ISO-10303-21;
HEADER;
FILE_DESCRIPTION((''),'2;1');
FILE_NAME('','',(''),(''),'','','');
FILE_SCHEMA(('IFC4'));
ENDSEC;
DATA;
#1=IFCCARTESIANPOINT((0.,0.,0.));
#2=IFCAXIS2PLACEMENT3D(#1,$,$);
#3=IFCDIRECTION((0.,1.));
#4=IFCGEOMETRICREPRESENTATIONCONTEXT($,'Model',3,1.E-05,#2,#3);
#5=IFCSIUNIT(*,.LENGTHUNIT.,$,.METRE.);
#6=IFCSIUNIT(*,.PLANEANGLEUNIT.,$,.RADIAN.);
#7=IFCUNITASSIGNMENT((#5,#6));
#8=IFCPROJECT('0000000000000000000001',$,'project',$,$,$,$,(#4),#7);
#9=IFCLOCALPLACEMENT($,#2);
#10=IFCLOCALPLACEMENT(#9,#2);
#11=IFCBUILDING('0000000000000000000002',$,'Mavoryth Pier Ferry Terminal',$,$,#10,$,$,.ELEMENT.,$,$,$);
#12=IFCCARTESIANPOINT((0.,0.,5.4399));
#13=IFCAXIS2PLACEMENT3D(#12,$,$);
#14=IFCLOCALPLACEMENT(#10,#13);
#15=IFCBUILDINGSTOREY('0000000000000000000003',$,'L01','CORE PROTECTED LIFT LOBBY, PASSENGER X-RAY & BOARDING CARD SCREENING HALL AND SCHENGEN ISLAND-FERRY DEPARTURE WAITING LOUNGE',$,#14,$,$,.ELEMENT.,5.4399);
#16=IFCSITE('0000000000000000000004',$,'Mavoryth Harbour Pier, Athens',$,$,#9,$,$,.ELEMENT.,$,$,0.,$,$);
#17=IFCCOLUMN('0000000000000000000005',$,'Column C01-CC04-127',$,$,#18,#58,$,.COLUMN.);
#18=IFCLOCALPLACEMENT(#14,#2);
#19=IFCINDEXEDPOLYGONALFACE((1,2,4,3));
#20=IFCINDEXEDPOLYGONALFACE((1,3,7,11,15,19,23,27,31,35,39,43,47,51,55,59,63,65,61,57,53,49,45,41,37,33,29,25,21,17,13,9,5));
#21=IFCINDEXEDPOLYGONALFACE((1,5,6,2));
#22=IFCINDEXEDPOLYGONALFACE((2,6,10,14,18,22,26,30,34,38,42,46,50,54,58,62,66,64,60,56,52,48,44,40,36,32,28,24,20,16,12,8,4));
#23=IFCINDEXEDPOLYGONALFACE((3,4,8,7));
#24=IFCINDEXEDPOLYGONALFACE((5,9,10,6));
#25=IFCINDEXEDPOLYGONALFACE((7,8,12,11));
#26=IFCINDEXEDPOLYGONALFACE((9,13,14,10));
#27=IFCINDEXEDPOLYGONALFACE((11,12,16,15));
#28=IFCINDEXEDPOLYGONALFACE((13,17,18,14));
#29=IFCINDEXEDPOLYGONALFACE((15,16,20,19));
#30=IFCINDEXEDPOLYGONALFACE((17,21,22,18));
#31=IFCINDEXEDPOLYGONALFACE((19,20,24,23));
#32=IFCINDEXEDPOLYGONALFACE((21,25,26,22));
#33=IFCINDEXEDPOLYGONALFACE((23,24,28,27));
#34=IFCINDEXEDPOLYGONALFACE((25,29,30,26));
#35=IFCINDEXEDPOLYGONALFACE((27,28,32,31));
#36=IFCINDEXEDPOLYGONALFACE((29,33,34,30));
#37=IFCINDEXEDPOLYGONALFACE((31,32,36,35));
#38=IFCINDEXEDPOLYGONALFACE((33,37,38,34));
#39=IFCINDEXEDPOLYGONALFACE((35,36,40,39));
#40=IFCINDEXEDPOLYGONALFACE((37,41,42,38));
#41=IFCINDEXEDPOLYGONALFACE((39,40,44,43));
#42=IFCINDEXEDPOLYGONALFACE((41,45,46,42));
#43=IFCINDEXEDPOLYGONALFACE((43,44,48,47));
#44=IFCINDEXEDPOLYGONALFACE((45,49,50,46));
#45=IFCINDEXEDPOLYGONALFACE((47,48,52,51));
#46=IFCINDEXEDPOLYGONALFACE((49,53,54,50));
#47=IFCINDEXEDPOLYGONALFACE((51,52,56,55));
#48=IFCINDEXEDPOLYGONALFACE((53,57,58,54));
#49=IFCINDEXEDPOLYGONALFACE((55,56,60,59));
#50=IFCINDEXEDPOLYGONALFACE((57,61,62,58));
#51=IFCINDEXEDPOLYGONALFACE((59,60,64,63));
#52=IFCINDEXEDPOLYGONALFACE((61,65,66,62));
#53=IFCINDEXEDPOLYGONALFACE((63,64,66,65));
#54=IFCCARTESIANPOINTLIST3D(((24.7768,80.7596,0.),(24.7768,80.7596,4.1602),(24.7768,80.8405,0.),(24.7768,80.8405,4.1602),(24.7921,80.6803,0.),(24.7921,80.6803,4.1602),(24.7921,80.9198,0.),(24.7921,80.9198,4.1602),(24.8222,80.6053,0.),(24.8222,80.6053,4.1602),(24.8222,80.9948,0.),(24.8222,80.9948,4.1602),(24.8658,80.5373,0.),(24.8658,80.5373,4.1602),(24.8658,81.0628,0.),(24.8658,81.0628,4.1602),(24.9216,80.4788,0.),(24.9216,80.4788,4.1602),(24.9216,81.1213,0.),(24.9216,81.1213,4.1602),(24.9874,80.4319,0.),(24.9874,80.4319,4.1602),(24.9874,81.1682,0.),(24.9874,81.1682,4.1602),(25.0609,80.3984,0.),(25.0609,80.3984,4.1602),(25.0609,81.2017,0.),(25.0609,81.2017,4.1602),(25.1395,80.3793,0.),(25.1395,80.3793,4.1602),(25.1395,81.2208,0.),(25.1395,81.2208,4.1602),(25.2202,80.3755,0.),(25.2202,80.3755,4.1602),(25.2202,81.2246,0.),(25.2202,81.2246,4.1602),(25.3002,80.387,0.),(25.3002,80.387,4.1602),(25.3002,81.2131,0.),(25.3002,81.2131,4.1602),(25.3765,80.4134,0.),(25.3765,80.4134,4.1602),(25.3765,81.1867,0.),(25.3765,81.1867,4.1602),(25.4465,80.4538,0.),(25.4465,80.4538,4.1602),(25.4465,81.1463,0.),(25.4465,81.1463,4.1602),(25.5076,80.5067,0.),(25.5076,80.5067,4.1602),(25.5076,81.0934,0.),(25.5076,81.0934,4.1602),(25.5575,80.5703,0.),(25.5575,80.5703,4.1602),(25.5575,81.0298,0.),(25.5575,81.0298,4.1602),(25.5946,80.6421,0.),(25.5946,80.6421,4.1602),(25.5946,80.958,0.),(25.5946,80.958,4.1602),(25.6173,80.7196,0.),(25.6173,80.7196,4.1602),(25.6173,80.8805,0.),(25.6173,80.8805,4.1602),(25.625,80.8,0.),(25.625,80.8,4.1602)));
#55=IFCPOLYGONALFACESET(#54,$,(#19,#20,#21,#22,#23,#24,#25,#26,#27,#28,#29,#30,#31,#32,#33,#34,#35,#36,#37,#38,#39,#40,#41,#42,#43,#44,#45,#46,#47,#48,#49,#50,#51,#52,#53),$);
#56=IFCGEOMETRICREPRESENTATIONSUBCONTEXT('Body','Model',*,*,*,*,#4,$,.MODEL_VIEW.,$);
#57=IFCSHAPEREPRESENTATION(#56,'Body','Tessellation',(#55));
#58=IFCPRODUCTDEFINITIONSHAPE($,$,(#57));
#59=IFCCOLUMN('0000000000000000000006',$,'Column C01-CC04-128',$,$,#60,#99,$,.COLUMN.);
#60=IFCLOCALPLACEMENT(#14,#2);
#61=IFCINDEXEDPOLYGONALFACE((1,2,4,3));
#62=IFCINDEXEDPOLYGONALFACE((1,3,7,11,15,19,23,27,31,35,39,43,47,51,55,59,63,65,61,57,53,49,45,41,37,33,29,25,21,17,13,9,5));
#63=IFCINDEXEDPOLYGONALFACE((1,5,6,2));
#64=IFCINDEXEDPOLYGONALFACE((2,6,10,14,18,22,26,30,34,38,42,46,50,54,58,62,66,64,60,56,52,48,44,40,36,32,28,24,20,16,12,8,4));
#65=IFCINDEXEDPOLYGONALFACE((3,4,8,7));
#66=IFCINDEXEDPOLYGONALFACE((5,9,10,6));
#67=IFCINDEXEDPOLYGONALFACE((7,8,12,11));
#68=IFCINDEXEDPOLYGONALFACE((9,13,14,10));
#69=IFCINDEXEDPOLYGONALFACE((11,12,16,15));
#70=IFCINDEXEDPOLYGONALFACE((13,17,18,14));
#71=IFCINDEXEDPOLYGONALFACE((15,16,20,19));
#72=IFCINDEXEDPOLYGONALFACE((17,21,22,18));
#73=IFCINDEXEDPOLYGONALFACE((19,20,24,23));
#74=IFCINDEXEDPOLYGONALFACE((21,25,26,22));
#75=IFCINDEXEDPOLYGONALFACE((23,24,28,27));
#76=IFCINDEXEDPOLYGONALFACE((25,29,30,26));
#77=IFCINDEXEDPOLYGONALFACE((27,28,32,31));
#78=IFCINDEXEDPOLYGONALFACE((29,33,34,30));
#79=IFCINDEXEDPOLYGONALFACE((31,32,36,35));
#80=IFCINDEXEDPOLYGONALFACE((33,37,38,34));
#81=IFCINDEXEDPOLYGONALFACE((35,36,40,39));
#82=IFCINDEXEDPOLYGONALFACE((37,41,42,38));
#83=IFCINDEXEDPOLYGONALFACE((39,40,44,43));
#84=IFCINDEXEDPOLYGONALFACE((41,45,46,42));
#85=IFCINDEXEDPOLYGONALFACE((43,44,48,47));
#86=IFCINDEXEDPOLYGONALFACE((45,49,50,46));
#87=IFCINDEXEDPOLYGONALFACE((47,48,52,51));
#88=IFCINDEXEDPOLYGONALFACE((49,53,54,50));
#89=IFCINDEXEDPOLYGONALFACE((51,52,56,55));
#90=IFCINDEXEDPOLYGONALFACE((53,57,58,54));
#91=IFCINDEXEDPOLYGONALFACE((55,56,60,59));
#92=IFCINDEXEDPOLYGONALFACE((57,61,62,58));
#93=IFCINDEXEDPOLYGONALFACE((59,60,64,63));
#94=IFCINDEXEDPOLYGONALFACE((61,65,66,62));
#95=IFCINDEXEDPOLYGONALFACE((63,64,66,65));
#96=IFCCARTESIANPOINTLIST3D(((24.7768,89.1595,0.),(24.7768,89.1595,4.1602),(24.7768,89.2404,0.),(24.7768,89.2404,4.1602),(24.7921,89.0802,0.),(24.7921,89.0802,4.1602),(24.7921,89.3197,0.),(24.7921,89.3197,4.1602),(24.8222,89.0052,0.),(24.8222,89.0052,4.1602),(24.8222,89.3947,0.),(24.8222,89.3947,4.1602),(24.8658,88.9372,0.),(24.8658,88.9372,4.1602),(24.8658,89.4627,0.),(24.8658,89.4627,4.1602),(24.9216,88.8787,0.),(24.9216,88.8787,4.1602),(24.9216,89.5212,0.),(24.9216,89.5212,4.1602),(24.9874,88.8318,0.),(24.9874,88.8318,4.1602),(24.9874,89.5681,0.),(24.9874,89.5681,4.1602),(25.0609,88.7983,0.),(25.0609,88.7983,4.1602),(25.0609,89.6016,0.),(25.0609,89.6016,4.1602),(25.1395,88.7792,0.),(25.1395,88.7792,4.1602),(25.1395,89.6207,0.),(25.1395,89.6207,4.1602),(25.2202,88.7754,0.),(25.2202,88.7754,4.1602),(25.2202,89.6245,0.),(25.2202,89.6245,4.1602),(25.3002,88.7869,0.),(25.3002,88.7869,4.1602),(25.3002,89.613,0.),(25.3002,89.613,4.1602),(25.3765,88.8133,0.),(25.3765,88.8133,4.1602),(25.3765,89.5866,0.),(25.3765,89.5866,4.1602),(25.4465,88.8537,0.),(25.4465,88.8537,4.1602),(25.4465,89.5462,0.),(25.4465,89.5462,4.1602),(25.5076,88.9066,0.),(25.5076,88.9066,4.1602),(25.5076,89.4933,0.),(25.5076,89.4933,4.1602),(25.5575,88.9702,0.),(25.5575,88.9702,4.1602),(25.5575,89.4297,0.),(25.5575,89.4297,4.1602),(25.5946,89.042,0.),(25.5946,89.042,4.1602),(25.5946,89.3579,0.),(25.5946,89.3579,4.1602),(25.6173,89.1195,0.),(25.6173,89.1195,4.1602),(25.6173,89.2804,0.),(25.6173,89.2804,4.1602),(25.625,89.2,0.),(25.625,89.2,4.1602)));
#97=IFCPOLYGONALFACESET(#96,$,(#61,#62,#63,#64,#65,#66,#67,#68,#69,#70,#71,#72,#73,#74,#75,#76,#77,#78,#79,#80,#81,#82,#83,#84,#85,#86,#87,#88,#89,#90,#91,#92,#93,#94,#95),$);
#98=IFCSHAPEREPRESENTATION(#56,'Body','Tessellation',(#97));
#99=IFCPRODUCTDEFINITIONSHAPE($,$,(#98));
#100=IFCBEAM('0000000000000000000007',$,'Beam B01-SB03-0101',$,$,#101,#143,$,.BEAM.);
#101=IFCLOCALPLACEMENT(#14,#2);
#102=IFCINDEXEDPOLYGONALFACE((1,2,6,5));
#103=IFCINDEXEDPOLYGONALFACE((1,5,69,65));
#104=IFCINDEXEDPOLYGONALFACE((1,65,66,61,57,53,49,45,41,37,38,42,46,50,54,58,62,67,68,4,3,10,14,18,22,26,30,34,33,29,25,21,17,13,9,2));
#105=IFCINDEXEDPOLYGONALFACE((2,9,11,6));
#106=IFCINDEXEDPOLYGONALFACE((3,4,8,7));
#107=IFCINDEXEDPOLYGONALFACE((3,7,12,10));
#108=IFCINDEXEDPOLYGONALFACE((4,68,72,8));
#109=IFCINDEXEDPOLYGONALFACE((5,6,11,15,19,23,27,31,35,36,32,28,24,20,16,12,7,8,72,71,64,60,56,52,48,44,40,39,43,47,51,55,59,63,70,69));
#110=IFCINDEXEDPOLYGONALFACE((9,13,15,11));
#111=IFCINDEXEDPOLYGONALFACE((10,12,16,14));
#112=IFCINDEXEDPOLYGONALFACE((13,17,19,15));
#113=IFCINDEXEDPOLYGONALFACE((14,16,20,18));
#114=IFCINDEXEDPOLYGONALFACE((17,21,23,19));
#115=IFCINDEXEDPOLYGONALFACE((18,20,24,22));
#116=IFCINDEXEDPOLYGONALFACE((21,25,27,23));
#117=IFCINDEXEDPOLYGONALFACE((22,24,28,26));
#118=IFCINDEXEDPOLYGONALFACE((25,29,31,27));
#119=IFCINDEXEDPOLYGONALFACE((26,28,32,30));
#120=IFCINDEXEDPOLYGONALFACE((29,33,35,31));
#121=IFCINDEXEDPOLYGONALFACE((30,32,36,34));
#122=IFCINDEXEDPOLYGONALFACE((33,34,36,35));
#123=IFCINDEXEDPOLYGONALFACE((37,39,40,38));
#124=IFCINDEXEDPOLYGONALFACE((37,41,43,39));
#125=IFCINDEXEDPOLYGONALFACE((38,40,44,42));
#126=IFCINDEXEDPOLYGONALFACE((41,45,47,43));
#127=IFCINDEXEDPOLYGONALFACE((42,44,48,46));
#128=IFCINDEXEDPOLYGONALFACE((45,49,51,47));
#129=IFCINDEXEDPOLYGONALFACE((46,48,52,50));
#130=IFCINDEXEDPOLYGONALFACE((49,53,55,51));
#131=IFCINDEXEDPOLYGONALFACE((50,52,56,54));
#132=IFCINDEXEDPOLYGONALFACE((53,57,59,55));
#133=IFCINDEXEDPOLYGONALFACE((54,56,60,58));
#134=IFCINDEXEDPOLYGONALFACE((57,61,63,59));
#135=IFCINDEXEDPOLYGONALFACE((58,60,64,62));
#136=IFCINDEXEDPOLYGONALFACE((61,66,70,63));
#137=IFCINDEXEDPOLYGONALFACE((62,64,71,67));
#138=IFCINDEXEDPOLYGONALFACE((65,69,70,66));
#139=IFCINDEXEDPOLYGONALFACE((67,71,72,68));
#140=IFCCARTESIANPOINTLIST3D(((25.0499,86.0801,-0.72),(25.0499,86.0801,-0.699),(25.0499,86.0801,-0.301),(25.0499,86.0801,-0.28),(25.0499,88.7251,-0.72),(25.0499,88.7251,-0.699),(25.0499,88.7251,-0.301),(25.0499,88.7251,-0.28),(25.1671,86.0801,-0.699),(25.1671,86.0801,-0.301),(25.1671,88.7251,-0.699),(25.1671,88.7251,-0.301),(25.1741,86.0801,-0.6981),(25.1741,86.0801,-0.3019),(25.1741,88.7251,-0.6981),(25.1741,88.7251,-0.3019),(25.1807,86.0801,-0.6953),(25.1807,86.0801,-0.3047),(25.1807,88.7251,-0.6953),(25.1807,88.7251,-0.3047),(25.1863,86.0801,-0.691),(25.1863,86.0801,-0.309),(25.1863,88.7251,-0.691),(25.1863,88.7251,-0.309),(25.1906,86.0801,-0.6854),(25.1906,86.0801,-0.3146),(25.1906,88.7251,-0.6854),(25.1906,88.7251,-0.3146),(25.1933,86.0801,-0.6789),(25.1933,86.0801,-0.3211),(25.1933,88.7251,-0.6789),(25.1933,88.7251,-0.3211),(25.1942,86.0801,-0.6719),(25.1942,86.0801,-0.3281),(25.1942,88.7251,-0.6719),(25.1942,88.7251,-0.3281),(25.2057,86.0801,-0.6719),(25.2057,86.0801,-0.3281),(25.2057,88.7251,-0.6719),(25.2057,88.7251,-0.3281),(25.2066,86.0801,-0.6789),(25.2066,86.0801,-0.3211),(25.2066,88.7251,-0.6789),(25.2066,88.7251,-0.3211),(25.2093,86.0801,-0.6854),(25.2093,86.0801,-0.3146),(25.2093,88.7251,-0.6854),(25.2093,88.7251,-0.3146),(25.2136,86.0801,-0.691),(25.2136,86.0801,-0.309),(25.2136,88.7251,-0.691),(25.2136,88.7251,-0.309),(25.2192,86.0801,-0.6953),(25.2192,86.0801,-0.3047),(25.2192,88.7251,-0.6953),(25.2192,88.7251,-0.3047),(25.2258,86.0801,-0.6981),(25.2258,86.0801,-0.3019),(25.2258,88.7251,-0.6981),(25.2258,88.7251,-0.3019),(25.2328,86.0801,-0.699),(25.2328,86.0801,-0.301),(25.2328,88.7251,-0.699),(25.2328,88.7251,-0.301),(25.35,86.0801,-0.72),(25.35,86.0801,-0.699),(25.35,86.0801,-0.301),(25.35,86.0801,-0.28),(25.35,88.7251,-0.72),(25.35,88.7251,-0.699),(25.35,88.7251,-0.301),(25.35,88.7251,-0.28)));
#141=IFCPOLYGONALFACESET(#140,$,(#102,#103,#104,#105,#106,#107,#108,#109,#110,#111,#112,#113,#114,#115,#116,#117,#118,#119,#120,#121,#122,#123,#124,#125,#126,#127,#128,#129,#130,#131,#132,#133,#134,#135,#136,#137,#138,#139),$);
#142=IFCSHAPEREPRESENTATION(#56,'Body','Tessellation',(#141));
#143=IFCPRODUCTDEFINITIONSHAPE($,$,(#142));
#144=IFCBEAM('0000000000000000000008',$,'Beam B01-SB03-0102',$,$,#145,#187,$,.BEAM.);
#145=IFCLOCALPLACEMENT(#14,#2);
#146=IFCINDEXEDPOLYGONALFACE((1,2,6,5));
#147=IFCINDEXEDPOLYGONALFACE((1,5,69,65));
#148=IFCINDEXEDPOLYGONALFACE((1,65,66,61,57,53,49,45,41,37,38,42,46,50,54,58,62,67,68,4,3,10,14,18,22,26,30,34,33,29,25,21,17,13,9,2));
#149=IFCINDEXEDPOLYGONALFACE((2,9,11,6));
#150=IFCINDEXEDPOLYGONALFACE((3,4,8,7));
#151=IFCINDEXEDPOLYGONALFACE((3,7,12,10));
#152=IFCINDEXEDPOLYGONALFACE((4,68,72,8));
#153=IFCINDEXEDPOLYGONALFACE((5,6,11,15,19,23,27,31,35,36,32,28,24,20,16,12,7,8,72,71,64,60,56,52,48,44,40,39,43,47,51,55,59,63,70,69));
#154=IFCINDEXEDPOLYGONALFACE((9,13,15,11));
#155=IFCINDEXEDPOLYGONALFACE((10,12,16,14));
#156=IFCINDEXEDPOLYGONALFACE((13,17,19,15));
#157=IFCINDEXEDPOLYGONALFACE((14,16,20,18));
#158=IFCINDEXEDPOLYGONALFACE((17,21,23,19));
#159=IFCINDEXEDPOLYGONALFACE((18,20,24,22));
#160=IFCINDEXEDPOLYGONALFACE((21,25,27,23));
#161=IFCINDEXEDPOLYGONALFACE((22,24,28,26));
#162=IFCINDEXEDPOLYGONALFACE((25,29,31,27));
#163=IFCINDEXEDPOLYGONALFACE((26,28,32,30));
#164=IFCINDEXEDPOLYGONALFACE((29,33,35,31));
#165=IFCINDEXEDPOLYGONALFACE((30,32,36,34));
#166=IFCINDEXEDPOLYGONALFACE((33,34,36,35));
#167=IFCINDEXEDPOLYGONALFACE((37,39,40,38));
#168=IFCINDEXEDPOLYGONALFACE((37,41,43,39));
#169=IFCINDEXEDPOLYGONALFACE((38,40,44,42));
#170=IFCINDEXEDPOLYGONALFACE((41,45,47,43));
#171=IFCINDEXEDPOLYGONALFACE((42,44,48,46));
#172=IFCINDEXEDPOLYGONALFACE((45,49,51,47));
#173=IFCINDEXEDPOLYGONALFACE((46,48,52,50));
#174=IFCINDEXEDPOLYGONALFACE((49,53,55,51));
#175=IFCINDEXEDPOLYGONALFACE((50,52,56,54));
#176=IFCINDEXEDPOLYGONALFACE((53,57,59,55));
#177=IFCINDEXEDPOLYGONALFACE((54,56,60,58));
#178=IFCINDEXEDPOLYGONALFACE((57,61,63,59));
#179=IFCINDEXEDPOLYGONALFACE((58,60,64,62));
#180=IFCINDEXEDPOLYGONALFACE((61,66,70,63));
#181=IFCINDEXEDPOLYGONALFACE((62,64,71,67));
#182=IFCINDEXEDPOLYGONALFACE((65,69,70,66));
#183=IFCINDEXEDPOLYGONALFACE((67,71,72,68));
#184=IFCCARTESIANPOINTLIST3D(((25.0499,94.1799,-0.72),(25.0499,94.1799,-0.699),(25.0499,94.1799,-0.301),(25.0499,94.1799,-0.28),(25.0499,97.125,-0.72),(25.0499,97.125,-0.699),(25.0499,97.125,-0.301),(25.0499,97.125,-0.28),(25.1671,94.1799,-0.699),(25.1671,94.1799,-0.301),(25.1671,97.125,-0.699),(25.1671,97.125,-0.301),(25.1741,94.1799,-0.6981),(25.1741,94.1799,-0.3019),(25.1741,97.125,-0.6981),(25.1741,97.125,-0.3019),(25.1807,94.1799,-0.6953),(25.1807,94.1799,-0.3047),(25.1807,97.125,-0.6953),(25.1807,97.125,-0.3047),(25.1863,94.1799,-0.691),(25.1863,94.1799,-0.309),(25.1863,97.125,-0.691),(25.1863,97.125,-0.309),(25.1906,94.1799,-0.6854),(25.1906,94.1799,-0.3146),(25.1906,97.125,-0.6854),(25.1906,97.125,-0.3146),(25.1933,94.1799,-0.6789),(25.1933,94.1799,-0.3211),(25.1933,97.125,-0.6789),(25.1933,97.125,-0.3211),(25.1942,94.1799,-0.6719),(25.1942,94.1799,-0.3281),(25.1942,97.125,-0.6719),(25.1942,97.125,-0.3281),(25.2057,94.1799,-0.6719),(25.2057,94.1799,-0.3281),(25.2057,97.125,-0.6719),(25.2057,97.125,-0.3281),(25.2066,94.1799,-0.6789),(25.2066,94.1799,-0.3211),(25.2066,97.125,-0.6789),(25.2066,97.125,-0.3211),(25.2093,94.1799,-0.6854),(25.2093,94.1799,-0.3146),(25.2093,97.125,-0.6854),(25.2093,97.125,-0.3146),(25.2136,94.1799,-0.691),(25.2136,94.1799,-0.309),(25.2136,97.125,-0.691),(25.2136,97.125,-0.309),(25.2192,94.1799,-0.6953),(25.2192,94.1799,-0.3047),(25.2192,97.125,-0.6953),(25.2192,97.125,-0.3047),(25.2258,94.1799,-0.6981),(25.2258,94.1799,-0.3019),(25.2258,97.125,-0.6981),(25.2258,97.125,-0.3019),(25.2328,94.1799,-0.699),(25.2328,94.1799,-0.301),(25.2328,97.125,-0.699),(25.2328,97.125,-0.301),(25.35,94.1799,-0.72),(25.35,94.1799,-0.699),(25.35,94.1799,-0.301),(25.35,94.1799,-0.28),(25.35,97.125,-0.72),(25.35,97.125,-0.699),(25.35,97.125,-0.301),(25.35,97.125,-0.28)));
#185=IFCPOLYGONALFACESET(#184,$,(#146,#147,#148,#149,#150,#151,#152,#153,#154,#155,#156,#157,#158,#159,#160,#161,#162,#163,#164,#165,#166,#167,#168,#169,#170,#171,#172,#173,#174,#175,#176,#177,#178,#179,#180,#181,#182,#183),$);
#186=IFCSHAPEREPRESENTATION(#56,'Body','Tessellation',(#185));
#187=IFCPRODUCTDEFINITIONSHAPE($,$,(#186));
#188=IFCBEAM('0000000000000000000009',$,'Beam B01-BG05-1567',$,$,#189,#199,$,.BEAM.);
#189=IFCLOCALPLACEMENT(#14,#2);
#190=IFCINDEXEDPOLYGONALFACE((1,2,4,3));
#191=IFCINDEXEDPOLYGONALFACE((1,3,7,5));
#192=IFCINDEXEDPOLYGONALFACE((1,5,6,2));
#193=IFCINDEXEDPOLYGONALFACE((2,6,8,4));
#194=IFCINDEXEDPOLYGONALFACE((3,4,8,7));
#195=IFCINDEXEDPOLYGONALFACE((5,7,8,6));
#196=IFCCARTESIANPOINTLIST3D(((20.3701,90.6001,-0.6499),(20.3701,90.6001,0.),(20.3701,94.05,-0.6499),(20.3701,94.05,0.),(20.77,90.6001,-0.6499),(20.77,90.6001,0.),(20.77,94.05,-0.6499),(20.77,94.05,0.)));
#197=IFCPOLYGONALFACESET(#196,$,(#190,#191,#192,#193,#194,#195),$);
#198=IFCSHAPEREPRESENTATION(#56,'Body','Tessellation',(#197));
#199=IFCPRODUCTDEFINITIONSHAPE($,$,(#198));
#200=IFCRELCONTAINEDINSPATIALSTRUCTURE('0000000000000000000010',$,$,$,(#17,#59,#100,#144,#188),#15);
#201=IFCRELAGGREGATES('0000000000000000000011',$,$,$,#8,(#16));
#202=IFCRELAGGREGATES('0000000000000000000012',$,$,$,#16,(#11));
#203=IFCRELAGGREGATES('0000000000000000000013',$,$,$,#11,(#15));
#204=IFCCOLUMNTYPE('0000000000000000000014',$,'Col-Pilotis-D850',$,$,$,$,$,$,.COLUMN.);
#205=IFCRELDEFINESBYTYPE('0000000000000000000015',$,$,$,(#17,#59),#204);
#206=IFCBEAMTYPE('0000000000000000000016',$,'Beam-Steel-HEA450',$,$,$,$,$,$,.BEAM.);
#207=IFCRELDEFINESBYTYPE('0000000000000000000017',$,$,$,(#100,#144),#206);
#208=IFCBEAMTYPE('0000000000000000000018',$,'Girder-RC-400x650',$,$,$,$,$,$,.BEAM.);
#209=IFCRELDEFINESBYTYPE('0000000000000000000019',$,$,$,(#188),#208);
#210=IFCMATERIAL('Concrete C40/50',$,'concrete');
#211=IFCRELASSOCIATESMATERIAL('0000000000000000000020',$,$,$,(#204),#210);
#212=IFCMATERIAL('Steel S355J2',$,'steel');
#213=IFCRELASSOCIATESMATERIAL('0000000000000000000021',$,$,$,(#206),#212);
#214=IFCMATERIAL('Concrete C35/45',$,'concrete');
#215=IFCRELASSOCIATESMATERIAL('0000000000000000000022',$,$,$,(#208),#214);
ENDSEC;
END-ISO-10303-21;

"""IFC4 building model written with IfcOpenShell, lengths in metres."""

from ifc_helpers import new_model, si_unit, direction, frame, origin, origin_2d, place, context, subcontext, project, spatial, rectangle, circle, i_section, extrude, material, material_profile, profile_set, type_object, element, save


model = new_model("IFC4")

# Units and contexts
model_context = context("Model", 3, precision=1e-05, world=origin(), true_north=direction((0.0, 1.0)))
body_context = subcontext(model_context, "Body", "Model", "MODEL_VIEW")
ifc_project = project(units=[si_unit("LENGTHUNIT", "METRE"), si_unit("PLANEANGLEUNIT", "RADIAN")], contexts=[model_context])

# Site, building, storey
site_placement = place(None, origin())
site = spatial("IfcSite", under=ifc_project, at=site_placement, Name="Mavoryth Harbour Pier, Athens", CompositionType="ELEMENT", RefElevation=0.0)
building_placement = place(site_placement, origin())
building = spatial("IfcBuilding", under=site, at=building_placement, Name="Mavoryth Pier Ferry Terminal", CompositionType="ELEMENT")
storey_placement = place(building_placement, frame((0.0, 0.0, 5.4399)))
storey = spatial("IfcBuildingStorey", under=building, at=storey_placement, Name="L01", Description="CORE PROTECTED LIFT LOBBY, PASSENGER X-RAY & BOARDING CARD SCREENING HALL AND SCHENGEN ISLAND-FERRY DEPARTURE WAITING LOUNGE", CompositionType="ELEMENT", Elevation=5.4399)

# Columns
ifc_material_1 = material(Name="Concrete C40/50", Category="concrete")
ifc_material_profile_1 = material_profile(ifc_material_1, circle(Radius=0.425, at=origin_2d()), Name="RC D850", Category="concrete")
ifc_profile_set_1 = profile_set([ifc_material_profile_1], Name="Concrete C40/50 - RC D850")
column_type = type_object("IfcColumnType", Name="Col-Pilotis-D850", PredefinedType="COLUMN", material=ifc_profile_set_1)
for number, where, z_axis, x_axis, name in (
    (1, (25.2, 80.8, 0.0), (0.0, 0.0, 1.0), (1.0, 0.0, 0.0), "Column C01-CC04-127"),
    (2, (25.2, 89.2, 0.0), (0.0, 0.0, 1.0), (1.0, 0.0, 0.0), "Column C01-CC04-128"),
):
    element("IfcColumn", number, at=place(storey_placement, frame(where, z_axis=z_axis, x_axis=x_axis)), inside=storey, type_object=column_type, Name=name, PredefinedType="COLUMN", context=body_context, shape_type="SweptSolid", body=[
        extrude(circle(Radius=0.425, at=origin_2d()), origin(), (0.0, 0.0, 1.0), 4.1602),
    ])

# Beams
ifc_material_2 = material(Name="Steel S355J2", Category="steel")
ifc_material_profile_2 = material_profile(ifc_material_2, i_section(OverallWidth=0.3, OverallDepth=0.4399, WebThickness=0.0115, FlangeThickness=0.021, FilletRadius=0.0271, at=origin_2d()), Name="HEA 450", Category="steel")
ifc_profile_set_2 = profile_set([ifc_material_profile_2], Name="Steel S355J2 - HEA 450")
beam_type_1 = type_object("IfcBeamType", Name="Beam-Steel-HEA450", PredefinedType="BEAM", material=ifc_profile_set_2)
beam_1_placement = place(storey_placement, frame((25.2, 86.0801, -0.5), z_axis=(0.0, 1.0, 0.0), x_axis=(-1.0, 0.0, 0.0)))
element("IfcBeam", 3, at=beam_1_placement, inside=storey, type_object=beam_type_1, Name="Beam B01-SB03-0101", PredefinedType="BEAM", context=body_context, shape_type="SweptSolid", body=[
    extrude(i_section(OverallWidth=0.3, OverallDepth=0.4399, WebThickness=0.0115, FlangeThickness=0.021, FilletRadius=0.0271, at=origin_2d()), origin(), (0.0, 0.0, 1.0), 2.645),
])
beam_2_placement = place(storey_placement, frame((25.2, 94.1799, -0.5), z_axis=(0.0, 1.0, 0.0), x_axis=(-1.0, 0.0, 0.0)))
element("IfcBeam", 4, at=beam_2_placement, inside=storey, type_object=beam_type_1, Name="Beam B01-SB03-0102", PredefinedType="BEAM", context=body_context, shape_type="SweptSolid", body=[
    extrude(i_section(OverallWidth=0.3, OverallDepth=0.4399, WebThickness=0.0115, FlangeThickness=0.021, FilletRadius=0.0271, at=origin_2d()), origin(), (0.0, 0.0, 1.0), 2.9451),
])
ifc_material_3 = material(Name="Concrete C35/45", Category="concrete")
ifc_material_profile_3 = material_profile(ifc_material_3, rectangle(XDim=0.3999, YDim=0.6499, at=origin_2d()), Name="RC 400x650", Category="concrete")
ifc_profile_set_3 = profile_set([ifc_material_profile_3], Name="Concrete C35/45 - RC 400x650")
beam_type_2 = type_object("IfcBeamType", Name="Girder-RC-400x650", PredefinedType="BEAM", material=ifc_profile_set_3)
beam_3_placement = place(storey_placement, frame((20.5701, 90.6001, -0.325), z_axis=(0.0, 1.0, 0.0), x_axis=(-1.0, 0.0, 0.0)))
element("IfcBeam", 5, at=beam_3_placement, inside=storey, type_object=beam_type_2, Name="Beam B01-BG05-1567", PredefinedType="BEAM", context=body_context, shape_type="SweptSolid", body=[
    extrude(rectangle(XDim=0.3999, YDim=0.6499, at=origin_2d()), origin(), (0.0, 0.0, 1.0), 3.45),
])

save(model, "model.ifc")
